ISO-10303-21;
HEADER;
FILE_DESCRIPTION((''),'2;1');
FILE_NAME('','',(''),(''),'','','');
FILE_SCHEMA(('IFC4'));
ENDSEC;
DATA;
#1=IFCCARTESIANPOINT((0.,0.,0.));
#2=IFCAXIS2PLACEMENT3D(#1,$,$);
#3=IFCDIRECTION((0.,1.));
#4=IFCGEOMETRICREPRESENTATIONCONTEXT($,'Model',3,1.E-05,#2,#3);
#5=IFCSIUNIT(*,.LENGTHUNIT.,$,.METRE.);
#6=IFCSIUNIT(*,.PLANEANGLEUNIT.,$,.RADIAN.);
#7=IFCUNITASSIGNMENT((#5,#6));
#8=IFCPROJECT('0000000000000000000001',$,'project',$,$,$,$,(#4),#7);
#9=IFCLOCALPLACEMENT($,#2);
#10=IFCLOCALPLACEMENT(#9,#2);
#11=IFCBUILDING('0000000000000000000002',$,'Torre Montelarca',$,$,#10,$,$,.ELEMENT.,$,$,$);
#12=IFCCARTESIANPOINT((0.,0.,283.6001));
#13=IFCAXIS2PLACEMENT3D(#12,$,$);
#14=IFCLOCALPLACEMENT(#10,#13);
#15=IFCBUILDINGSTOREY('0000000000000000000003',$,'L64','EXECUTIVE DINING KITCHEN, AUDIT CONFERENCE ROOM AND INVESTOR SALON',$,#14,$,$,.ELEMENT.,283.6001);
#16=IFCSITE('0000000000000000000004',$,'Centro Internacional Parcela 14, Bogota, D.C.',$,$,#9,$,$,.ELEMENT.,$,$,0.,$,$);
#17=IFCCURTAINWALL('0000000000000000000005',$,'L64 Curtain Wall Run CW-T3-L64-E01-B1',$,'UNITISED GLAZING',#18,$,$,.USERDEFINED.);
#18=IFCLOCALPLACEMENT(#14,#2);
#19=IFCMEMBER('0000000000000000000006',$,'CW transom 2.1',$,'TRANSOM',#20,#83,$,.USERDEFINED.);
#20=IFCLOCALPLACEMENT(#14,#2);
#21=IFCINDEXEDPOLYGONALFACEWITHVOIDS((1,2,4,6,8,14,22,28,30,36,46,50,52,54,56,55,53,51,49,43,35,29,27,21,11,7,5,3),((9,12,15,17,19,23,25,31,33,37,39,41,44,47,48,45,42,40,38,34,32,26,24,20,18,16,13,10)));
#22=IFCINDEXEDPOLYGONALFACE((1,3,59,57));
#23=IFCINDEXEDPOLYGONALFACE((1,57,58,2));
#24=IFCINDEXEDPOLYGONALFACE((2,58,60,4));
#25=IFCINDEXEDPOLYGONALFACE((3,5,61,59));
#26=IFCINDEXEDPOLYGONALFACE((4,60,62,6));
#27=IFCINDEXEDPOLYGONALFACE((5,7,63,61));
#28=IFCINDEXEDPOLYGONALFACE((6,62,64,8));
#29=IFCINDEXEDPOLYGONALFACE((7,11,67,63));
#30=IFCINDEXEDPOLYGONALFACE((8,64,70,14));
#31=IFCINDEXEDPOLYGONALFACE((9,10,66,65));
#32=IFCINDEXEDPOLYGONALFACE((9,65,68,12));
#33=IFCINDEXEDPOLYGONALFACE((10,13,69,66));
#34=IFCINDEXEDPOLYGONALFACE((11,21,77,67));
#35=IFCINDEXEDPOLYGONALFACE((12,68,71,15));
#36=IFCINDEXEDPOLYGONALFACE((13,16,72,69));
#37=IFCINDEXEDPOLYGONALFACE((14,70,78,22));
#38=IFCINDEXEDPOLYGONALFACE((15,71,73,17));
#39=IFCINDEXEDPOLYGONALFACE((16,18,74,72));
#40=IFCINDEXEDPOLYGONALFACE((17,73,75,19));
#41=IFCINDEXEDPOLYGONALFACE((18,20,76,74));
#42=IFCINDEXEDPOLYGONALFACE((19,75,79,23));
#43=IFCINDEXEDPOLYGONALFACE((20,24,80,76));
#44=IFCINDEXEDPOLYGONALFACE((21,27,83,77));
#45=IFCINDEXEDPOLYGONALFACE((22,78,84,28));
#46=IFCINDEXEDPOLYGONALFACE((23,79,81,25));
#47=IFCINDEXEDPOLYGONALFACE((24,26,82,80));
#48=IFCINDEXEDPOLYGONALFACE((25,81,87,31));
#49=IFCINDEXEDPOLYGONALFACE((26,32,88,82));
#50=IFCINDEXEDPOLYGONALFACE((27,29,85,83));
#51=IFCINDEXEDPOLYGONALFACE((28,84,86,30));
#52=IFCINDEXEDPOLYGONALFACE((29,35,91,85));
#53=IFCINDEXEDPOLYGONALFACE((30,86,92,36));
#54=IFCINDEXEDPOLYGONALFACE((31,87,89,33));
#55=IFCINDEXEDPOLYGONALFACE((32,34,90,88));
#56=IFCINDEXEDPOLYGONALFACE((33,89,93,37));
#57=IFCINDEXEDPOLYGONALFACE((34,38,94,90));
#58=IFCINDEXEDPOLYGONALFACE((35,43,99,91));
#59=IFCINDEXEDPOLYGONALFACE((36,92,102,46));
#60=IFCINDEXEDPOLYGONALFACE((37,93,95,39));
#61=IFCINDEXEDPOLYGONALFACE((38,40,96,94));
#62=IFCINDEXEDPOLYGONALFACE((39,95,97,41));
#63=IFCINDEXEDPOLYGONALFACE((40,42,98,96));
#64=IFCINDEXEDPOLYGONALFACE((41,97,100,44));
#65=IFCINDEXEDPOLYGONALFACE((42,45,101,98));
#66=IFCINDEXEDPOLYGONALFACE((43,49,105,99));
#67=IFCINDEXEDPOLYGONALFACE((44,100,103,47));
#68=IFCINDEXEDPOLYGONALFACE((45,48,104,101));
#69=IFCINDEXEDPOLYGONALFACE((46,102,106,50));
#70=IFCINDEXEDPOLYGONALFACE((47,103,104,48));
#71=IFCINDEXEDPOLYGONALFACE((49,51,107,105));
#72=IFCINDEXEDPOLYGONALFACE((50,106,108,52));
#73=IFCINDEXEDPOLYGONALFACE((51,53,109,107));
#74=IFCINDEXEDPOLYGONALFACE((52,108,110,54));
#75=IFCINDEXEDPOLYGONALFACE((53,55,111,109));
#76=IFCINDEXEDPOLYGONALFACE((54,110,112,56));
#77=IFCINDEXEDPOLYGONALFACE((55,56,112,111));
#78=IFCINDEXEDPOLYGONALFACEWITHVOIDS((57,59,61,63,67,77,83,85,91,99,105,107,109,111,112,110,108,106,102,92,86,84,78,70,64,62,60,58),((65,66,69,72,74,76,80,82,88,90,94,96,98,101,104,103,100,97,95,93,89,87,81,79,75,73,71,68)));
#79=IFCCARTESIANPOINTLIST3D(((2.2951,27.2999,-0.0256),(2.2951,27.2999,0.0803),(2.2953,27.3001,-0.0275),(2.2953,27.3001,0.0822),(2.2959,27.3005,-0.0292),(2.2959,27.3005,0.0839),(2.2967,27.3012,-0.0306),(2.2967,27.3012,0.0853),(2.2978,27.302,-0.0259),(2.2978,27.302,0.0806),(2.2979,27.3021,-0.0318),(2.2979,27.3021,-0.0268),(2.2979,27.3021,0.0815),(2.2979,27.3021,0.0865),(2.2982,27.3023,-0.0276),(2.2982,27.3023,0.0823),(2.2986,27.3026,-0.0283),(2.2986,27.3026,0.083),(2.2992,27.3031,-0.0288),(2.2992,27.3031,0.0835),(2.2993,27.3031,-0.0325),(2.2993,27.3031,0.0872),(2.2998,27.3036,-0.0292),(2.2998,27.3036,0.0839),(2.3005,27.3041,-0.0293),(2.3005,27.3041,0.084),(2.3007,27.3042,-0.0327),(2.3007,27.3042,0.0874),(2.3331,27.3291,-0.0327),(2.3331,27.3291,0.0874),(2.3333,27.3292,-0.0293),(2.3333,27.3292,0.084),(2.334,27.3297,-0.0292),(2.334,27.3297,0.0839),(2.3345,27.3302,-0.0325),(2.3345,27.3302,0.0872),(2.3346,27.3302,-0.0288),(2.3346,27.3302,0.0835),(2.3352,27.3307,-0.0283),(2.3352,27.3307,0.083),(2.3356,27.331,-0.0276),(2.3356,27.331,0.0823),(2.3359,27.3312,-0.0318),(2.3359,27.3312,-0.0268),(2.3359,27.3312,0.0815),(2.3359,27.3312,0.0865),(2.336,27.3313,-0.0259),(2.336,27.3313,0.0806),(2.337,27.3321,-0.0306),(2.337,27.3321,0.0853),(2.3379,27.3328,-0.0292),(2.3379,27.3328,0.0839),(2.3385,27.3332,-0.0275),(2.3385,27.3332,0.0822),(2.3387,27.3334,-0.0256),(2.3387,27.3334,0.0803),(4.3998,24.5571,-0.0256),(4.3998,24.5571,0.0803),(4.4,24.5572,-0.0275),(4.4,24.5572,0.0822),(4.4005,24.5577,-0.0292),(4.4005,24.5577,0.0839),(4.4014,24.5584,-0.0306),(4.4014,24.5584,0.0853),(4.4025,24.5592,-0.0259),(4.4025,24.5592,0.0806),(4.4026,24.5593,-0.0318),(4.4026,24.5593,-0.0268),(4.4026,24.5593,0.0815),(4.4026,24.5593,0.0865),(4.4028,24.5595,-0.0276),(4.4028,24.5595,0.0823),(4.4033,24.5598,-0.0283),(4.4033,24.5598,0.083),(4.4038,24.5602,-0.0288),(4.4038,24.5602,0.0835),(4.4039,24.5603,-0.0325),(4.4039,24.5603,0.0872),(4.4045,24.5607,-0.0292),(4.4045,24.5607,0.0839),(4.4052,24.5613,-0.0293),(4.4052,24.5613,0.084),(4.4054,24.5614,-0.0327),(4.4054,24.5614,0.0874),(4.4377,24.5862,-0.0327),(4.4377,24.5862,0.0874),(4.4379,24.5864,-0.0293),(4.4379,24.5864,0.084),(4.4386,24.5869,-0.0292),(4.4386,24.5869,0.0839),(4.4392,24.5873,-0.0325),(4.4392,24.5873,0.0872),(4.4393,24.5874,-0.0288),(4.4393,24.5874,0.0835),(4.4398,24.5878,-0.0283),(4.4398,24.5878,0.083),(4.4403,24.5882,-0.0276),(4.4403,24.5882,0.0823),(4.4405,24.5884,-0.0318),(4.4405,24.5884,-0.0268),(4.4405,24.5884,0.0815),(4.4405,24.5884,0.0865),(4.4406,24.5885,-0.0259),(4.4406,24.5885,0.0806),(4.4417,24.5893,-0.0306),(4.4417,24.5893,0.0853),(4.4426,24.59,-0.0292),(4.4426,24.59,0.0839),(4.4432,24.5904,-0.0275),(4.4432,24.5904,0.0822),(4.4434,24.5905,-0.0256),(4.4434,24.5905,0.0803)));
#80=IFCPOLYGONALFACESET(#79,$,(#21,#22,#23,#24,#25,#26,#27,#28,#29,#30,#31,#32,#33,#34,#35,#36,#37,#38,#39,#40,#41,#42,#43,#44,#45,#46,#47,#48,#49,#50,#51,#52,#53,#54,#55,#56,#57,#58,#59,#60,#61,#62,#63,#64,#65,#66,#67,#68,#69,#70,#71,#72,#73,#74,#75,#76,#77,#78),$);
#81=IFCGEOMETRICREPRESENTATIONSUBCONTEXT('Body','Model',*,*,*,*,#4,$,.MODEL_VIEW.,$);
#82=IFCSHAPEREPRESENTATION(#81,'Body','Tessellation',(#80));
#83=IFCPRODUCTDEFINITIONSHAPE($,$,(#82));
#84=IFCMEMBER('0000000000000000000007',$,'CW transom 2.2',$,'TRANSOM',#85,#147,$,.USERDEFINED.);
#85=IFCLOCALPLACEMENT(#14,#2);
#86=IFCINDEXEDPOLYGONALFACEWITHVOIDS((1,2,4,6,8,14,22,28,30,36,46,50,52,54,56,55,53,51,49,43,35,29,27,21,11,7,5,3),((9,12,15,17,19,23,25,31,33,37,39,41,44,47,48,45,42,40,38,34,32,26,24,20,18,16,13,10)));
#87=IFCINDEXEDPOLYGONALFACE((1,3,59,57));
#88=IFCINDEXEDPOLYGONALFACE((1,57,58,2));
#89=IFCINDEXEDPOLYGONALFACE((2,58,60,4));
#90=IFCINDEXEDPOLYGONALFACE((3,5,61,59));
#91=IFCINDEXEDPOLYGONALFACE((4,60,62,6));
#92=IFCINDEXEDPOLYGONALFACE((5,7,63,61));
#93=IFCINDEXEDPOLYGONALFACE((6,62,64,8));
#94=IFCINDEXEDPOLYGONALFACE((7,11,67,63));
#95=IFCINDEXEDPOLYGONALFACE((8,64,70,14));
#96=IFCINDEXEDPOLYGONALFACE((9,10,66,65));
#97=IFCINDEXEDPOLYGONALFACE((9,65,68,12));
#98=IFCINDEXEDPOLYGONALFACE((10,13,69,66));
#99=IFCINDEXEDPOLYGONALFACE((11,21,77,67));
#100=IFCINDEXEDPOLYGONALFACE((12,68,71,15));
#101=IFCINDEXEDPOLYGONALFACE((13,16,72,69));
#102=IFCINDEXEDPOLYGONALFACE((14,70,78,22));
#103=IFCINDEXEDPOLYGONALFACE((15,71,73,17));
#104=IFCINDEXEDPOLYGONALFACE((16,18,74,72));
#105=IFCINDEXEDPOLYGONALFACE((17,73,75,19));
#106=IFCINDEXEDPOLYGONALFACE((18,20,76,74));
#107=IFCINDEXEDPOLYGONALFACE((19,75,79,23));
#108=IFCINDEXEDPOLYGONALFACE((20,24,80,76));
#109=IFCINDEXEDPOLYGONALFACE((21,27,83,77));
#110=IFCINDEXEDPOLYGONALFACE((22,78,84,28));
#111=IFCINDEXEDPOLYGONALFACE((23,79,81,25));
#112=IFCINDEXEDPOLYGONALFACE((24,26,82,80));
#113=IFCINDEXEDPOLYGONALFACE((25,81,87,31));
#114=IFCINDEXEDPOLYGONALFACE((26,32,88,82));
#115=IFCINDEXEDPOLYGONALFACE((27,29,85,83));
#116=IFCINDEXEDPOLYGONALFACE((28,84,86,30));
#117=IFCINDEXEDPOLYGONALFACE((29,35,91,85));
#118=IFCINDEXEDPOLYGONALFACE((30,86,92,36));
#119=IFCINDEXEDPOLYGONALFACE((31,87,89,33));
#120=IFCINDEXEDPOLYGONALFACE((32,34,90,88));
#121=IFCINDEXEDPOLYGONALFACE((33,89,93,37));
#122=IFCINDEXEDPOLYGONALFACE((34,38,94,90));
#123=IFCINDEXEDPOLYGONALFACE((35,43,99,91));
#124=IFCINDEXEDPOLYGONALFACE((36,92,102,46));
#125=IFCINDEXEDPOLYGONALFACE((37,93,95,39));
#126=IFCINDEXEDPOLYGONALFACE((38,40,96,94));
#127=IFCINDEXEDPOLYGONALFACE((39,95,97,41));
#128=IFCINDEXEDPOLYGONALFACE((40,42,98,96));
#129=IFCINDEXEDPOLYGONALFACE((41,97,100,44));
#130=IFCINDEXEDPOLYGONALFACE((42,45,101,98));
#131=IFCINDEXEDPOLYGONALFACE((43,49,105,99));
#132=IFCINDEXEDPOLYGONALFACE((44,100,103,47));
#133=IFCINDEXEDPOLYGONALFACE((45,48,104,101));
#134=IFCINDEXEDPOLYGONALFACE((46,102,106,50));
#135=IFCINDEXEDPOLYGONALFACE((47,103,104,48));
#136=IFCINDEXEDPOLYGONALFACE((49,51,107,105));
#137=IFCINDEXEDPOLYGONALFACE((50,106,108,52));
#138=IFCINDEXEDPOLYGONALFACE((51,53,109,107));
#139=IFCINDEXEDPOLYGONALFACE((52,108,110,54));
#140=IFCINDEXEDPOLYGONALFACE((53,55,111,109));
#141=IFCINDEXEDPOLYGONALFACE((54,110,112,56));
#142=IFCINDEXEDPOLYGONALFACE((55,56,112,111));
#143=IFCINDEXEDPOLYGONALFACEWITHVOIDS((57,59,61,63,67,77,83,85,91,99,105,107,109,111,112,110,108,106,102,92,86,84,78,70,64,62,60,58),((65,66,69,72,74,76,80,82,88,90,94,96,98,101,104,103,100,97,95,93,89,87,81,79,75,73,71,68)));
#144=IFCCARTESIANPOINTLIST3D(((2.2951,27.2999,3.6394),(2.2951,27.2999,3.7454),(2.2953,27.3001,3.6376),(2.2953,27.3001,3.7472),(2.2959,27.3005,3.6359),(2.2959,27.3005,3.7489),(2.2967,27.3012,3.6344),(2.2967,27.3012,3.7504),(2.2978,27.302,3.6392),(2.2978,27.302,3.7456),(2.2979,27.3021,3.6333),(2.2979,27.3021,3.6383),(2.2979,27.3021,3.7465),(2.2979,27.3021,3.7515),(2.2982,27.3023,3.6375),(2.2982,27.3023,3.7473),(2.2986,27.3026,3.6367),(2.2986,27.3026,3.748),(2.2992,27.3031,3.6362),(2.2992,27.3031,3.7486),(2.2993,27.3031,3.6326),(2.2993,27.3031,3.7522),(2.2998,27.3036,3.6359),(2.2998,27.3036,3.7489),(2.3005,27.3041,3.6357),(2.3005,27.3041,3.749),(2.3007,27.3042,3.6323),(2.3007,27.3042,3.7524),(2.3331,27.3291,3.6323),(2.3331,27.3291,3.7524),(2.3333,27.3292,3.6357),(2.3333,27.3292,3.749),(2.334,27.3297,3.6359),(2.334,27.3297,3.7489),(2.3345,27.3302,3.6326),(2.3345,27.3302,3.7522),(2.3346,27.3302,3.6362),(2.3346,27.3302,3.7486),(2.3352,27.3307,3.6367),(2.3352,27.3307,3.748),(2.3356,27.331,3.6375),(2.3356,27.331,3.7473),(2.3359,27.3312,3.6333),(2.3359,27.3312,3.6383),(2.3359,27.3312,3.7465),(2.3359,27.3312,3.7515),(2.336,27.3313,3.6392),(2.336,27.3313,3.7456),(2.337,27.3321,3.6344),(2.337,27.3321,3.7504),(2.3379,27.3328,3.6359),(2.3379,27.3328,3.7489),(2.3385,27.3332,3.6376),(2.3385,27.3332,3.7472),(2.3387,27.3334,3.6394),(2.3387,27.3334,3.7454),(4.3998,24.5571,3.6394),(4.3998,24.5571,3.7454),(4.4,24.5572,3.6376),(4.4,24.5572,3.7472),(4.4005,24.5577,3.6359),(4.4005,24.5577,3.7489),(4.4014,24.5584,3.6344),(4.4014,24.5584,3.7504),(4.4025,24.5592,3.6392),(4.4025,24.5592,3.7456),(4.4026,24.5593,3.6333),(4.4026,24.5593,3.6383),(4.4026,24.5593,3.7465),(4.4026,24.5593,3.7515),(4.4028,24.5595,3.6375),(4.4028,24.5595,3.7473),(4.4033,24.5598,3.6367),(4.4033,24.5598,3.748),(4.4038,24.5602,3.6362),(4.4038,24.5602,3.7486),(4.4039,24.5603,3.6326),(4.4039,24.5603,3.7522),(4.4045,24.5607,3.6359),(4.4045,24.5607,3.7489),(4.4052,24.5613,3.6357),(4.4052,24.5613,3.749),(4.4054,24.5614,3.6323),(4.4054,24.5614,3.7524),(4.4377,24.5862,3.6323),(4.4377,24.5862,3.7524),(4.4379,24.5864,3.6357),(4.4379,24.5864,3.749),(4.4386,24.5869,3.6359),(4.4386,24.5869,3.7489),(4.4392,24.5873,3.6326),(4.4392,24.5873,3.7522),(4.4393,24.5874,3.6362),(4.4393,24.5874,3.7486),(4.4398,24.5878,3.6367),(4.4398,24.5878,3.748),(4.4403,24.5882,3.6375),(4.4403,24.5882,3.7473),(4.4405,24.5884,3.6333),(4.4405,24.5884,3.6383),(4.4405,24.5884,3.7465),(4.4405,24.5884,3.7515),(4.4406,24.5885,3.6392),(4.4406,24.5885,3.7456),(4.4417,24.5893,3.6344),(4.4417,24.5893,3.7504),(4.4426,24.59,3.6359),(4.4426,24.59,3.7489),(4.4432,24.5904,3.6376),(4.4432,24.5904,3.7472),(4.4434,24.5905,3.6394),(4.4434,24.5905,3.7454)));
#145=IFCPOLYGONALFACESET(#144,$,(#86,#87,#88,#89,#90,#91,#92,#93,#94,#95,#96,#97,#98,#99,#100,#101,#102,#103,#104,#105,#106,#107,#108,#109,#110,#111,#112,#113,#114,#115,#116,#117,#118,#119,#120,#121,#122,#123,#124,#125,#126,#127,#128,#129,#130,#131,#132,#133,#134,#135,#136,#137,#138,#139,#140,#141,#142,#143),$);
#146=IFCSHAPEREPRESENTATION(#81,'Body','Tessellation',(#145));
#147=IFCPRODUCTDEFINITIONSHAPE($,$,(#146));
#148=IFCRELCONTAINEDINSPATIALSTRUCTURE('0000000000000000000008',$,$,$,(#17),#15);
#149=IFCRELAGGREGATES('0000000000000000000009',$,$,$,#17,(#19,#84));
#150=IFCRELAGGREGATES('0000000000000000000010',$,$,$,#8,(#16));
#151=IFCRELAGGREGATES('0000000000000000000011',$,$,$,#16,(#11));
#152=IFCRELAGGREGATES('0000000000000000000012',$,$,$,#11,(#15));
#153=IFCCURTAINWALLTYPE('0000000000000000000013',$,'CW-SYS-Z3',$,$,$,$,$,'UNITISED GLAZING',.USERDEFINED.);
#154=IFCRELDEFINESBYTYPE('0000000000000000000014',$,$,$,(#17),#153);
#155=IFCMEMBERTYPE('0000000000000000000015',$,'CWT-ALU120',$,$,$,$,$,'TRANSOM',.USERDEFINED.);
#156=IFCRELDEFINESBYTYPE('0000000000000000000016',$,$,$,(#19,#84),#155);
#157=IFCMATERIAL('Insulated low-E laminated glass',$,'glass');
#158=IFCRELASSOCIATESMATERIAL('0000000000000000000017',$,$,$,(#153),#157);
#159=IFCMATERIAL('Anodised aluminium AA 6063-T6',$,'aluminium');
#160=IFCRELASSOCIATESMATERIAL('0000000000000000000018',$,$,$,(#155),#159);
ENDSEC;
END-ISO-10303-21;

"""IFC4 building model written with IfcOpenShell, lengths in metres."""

from ifc_helpers import new_model, si_unit, direction, frame, origin, origin_2d, place, context, subcontext, project, spatial, hollow_rectangle, extrude, source, transform, mapped, material, material_profile, profile_set, type_object, element, aggregate, save


model = new_model("IFC4")

# Units and contexts
model_context = context("Model", 3, precision=1e-05, world=origin(), true_north=direction((0.0, 1.0)))
body_context = subcontext(model_context, "Body", "Model", "MODEL_VIEW")
ifc_project = project(units=[si_unit("LENGTHUNIT", "METRE"), si_unit("PLANEANGLEUNIT", "RADIAN")], contexts=[model_context])

# Site, building, storey
site_placement = place(None, origin())
site = spatial("IfcSite", under=ifc_project, at=site_placement, Name="Centro Internacional Parcela 14, Bogota, D.C.", CompositionType="ELEMENT", RefElevation=0.0)
building_placement = place(site_placement, origin())
building = spatial("IfcBuilding", under=site, at=building_placement, Name="Torre Montelarca", CompositionType="ELEMENT")
storey_placement = place(building_placement, frame((0.0, 0.0, 283.6001)))
storey = spatial("IfcBuildingStorey", under=building, at=storey_placement, Name="L64", Description="EXECUTIVE DINING KITCHEN, AUDIT CONFERENCE ROOM AND INVESTOR SALON", CompositionType="ELEMENT", Elevation=283.6001)

# Curtain wall
ifc_material_1 = material(Name="Insulated low-E laminated glass", Category="glass")
curtain_wall_type = type_object("IfcCurtainWallType", Name="CW-SYS-Z3", ElementType="UNITISED GLAZING", PredefinedType="USERDEFINED", material=ifc_material_1)
curtain_wall_1_placement = place(storey_placement, origin())
curtain_wall_1 = element("IfcCurtainWall", 1, at=curtain_wall_1_placement, inside=storey, type_object=curtain_wall_type, Name="L64 Curtain Wall Run CW-T3-L64-E01-B1", ObjectType="UNITISED GLAZING", PredefinedType="USERDEFINED")
ifc_material_2 = material(Name="Anodised aluminium AA 6063-T6", Category="aluminium")

# Members
ifc_material_profile_1 = material_profile(ifc_material_2, hollow_rectangle(XDim=0.0549, YDim=0.1201, WallThickness=0.0034, InnerFilletRadius=0.0034, OuterFilletRadius=0.0071, at=origin_2d()), Name="ALU55X120X3.5", Category="aluminium")
ifc_profile_set_1 = profile_set([ifc_material_profile_1], Name="Anodised aluminium AA 6063-T6")
member_type_1 = type_object("IfcMemberType", Name="CWT-ALU120", ElementType="TRANSOM", PredefinedType="USERDEFINED", material=ifc_profile_set_1)
shared_shape_1 = source(origin(), body_context, "Body", "SweptSolid", [
    extrude(hollow_rectangle(XDim=0.0549, YDim=0.1201, WallThickness=0.0034, InnerFilletRadius=0.0034, OuterFilletRadius=0.0071, at=origin_2d()), origin(), (0.0, 0.0, 1.0), 3.4573),
])
member_1_placement = place(storey_placement, frame((2.3169, 27.3167, 0.0273), z_axis=(0.608765, -0.793351, 0.0), x_axis=(0.793351, 0.608765, 0.0)))
member_1 = element("IfcMember", 2, at=member_1_placement, type_object=member_type_1, Name="CW transom 2.1", ObjectType="TRANSOM", PredefinedType="USERDEFINED", context=body_context, shape_type="MappedRepresentation", body=[
    mapped(shared_shape_1, transform((0.0, 0.0, 0.0), scale=1.0)),
])
member_2_placement = place(storey_placement, frame((2.3169, 27.3167, 3.6924), z_axis=(0.608765, -0.793351, 0.0), x_axis=(0.793351, 0.608765, 0.0)))
member_2 = element("IfcMember", 3, at=member_2_placement, type_object=member_type_1, Name="CW transom 2.2", ObjectType="TRANSOM", PredefinedType="USERDEFINED", context=body_context, shape_type="MappedRepresentation", body=[
    mapped(shared_shape_1, transform((0.0, 0.0, 0.0), scale=1.0)),
])

aggregate(curtain_wall_1, [member_1, member_2])

save(model, "model.ifc")
